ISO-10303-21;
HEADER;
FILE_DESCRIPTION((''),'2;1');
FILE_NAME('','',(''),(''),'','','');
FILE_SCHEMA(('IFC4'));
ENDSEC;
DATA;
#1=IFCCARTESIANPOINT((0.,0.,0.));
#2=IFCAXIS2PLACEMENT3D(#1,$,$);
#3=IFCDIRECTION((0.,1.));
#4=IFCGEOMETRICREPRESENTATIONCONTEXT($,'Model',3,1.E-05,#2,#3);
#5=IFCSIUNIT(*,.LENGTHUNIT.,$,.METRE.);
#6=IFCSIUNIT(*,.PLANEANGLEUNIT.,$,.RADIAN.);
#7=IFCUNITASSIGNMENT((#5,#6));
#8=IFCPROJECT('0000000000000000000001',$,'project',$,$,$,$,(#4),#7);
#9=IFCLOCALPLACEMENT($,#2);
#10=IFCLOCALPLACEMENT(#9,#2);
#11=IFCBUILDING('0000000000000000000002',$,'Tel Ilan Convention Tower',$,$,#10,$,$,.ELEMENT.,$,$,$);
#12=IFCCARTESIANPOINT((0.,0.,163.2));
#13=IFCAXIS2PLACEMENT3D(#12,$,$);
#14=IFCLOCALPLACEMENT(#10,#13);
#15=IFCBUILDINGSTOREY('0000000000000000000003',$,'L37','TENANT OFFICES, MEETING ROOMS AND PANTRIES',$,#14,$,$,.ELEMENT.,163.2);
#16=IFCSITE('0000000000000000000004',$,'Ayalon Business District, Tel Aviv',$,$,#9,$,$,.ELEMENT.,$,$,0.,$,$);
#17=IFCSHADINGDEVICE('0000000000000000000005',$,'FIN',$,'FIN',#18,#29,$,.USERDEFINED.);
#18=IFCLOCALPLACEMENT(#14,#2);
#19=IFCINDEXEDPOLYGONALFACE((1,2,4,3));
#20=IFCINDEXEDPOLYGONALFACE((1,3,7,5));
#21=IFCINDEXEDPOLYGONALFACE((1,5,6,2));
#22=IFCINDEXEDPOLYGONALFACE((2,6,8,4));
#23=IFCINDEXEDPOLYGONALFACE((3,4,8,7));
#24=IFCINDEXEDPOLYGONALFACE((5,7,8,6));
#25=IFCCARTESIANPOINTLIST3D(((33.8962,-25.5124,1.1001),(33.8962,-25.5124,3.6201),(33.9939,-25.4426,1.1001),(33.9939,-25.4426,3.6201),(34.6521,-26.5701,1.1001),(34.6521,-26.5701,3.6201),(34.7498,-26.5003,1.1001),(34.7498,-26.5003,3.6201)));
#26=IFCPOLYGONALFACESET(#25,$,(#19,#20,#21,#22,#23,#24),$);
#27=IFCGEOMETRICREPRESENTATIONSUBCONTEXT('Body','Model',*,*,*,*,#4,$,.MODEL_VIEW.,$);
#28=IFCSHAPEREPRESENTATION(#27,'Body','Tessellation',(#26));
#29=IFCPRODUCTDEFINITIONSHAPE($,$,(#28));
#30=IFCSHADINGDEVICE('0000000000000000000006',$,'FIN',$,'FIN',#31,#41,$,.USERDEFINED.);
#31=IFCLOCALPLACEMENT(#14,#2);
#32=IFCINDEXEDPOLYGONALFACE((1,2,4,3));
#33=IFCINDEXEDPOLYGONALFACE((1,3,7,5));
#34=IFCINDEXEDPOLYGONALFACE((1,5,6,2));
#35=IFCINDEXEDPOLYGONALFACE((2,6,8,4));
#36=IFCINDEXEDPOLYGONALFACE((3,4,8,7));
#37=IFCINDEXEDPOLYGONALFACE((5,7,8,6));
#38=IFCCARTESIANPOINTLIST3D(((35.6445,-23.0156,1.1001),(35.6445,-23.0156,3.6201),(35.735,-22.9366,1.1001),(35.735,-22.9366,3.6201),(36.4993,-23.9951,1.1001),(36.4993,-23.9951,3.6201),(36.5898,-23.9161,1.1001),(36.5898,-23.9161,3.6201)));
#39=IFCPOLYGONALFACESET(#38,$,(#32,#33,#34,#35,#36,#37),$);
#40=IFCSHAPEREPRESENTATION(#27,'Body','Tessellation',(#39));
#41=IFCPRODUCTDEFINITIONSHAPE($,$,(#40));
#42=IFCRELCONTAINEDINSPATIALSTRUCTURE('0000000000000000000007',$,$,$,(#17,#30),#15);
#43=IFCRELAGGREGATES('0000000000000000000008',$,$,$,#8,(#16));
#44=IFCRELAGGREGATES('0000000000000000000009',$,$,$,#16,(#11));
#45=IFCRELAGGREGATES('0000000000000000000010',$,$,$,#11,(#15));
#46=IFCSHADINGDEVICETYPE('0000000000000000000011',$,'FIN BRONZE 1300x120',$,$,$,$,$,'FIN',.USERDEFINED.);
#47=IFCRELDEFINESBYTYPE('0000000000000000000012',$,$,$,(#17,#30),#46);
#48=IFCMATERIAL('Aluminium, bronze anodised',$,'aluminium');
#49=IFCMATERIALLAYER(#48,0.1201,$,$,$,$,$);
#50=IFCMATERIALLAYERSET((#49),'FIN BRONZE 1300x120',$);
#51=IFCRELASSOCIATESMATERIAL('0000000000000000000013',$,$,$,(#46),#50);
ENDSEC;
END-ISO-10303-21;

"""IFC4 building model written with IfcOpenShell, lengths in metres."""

from ifc_helpers import new_model, si_unit, direction, frame, origin, origin_2d, place, context, subcontext, project, spatial, rectangle, extrude, material, layer, layer_set, type_object, element, save


model = new_model("IFC4")

# Units and contexts
model_context = context("Model", 3, precision=1e-05, world=origin(), true_north=direction((0.0, 1.0)))
body_context = subcontext(model_context, "Body", "Model", "MODEL_VIEW")
ifc_project = project(units=[si_unit("LENGTHUNIT", "METRE"), si_unit("PLANEANGLEUNIT", "RADIAN")], contexts=[model_context])

# Site, building, storey
site_placement = place(None, origin())
site = spatial("IfcSite", under=ifc_project, at=site_placement, Name="Ayalon Business District, Tel Aviv", CompositionType="ELEMENT", RefElevation=0.0)
building_placement = place(site_placement, origin())
building = spatial("IfcBuilding", under=site, at=building_placement, Name="Tel Ilan Convention Tower", CompositionType="ELEMENT")
storey_placement = place(building_placement, frame((0.0, 0.0, 163.2)))
storey = spatial("IfcBuildingStorey", under=building, at=storey_placement, Name="L37", Description="TENANT OFFICES, MEETING ROOMS AND PANTRIES", CompositionType="ELEMENT", Elevation=163.2)

# Shading devices
ifc_material_1 = material(Name="Aluminium, bronze anodised", Category="aluminium")
ifc_layer_1 = layer(ifc_material_1, 0.1201)
ifc_layer_set_1 = layer_set([ifc_layer_1], Name="FIN BRONZE 1300x120")
shading_device_type = type_object("IfcShadingDeviceType", Name="FIN BRONZE 1300x120", ElementType="FIN", PredefinedType="USERDEFINED", material=ifc_layer_set_1)
for number, where, z_axis, x_axis, name in (
    (1, (34.323, -26.0063, 1.1001), (0.0, 0.0, 1.0), (0.581492, -0.813552, 0.0), "FIN"),
    (2, (36.1172, -23.4658, 1.1001), (0.0, 0.0, 1.0), (0.657521, -0.753436, 0.0), "FIN"),
):
    element("IfcShadingDevice", number, at=place(storey_placement, frame(where, z_axis=z_axis, x_axis=x_axis)), inside=storey, type_object=shading_device_type, Name=name, ObjectType="FIN", PredefinedType="USERDEFINED", context=body_context, shape_type="SweptSolid", body=[
        extrude(rectangle(XDim=1.3, YDim=0.1201, at=origin_2d()), origin(), (0.0, 0.0, 1.0), 2.52),
    ])

save(model, "model.ifc")
